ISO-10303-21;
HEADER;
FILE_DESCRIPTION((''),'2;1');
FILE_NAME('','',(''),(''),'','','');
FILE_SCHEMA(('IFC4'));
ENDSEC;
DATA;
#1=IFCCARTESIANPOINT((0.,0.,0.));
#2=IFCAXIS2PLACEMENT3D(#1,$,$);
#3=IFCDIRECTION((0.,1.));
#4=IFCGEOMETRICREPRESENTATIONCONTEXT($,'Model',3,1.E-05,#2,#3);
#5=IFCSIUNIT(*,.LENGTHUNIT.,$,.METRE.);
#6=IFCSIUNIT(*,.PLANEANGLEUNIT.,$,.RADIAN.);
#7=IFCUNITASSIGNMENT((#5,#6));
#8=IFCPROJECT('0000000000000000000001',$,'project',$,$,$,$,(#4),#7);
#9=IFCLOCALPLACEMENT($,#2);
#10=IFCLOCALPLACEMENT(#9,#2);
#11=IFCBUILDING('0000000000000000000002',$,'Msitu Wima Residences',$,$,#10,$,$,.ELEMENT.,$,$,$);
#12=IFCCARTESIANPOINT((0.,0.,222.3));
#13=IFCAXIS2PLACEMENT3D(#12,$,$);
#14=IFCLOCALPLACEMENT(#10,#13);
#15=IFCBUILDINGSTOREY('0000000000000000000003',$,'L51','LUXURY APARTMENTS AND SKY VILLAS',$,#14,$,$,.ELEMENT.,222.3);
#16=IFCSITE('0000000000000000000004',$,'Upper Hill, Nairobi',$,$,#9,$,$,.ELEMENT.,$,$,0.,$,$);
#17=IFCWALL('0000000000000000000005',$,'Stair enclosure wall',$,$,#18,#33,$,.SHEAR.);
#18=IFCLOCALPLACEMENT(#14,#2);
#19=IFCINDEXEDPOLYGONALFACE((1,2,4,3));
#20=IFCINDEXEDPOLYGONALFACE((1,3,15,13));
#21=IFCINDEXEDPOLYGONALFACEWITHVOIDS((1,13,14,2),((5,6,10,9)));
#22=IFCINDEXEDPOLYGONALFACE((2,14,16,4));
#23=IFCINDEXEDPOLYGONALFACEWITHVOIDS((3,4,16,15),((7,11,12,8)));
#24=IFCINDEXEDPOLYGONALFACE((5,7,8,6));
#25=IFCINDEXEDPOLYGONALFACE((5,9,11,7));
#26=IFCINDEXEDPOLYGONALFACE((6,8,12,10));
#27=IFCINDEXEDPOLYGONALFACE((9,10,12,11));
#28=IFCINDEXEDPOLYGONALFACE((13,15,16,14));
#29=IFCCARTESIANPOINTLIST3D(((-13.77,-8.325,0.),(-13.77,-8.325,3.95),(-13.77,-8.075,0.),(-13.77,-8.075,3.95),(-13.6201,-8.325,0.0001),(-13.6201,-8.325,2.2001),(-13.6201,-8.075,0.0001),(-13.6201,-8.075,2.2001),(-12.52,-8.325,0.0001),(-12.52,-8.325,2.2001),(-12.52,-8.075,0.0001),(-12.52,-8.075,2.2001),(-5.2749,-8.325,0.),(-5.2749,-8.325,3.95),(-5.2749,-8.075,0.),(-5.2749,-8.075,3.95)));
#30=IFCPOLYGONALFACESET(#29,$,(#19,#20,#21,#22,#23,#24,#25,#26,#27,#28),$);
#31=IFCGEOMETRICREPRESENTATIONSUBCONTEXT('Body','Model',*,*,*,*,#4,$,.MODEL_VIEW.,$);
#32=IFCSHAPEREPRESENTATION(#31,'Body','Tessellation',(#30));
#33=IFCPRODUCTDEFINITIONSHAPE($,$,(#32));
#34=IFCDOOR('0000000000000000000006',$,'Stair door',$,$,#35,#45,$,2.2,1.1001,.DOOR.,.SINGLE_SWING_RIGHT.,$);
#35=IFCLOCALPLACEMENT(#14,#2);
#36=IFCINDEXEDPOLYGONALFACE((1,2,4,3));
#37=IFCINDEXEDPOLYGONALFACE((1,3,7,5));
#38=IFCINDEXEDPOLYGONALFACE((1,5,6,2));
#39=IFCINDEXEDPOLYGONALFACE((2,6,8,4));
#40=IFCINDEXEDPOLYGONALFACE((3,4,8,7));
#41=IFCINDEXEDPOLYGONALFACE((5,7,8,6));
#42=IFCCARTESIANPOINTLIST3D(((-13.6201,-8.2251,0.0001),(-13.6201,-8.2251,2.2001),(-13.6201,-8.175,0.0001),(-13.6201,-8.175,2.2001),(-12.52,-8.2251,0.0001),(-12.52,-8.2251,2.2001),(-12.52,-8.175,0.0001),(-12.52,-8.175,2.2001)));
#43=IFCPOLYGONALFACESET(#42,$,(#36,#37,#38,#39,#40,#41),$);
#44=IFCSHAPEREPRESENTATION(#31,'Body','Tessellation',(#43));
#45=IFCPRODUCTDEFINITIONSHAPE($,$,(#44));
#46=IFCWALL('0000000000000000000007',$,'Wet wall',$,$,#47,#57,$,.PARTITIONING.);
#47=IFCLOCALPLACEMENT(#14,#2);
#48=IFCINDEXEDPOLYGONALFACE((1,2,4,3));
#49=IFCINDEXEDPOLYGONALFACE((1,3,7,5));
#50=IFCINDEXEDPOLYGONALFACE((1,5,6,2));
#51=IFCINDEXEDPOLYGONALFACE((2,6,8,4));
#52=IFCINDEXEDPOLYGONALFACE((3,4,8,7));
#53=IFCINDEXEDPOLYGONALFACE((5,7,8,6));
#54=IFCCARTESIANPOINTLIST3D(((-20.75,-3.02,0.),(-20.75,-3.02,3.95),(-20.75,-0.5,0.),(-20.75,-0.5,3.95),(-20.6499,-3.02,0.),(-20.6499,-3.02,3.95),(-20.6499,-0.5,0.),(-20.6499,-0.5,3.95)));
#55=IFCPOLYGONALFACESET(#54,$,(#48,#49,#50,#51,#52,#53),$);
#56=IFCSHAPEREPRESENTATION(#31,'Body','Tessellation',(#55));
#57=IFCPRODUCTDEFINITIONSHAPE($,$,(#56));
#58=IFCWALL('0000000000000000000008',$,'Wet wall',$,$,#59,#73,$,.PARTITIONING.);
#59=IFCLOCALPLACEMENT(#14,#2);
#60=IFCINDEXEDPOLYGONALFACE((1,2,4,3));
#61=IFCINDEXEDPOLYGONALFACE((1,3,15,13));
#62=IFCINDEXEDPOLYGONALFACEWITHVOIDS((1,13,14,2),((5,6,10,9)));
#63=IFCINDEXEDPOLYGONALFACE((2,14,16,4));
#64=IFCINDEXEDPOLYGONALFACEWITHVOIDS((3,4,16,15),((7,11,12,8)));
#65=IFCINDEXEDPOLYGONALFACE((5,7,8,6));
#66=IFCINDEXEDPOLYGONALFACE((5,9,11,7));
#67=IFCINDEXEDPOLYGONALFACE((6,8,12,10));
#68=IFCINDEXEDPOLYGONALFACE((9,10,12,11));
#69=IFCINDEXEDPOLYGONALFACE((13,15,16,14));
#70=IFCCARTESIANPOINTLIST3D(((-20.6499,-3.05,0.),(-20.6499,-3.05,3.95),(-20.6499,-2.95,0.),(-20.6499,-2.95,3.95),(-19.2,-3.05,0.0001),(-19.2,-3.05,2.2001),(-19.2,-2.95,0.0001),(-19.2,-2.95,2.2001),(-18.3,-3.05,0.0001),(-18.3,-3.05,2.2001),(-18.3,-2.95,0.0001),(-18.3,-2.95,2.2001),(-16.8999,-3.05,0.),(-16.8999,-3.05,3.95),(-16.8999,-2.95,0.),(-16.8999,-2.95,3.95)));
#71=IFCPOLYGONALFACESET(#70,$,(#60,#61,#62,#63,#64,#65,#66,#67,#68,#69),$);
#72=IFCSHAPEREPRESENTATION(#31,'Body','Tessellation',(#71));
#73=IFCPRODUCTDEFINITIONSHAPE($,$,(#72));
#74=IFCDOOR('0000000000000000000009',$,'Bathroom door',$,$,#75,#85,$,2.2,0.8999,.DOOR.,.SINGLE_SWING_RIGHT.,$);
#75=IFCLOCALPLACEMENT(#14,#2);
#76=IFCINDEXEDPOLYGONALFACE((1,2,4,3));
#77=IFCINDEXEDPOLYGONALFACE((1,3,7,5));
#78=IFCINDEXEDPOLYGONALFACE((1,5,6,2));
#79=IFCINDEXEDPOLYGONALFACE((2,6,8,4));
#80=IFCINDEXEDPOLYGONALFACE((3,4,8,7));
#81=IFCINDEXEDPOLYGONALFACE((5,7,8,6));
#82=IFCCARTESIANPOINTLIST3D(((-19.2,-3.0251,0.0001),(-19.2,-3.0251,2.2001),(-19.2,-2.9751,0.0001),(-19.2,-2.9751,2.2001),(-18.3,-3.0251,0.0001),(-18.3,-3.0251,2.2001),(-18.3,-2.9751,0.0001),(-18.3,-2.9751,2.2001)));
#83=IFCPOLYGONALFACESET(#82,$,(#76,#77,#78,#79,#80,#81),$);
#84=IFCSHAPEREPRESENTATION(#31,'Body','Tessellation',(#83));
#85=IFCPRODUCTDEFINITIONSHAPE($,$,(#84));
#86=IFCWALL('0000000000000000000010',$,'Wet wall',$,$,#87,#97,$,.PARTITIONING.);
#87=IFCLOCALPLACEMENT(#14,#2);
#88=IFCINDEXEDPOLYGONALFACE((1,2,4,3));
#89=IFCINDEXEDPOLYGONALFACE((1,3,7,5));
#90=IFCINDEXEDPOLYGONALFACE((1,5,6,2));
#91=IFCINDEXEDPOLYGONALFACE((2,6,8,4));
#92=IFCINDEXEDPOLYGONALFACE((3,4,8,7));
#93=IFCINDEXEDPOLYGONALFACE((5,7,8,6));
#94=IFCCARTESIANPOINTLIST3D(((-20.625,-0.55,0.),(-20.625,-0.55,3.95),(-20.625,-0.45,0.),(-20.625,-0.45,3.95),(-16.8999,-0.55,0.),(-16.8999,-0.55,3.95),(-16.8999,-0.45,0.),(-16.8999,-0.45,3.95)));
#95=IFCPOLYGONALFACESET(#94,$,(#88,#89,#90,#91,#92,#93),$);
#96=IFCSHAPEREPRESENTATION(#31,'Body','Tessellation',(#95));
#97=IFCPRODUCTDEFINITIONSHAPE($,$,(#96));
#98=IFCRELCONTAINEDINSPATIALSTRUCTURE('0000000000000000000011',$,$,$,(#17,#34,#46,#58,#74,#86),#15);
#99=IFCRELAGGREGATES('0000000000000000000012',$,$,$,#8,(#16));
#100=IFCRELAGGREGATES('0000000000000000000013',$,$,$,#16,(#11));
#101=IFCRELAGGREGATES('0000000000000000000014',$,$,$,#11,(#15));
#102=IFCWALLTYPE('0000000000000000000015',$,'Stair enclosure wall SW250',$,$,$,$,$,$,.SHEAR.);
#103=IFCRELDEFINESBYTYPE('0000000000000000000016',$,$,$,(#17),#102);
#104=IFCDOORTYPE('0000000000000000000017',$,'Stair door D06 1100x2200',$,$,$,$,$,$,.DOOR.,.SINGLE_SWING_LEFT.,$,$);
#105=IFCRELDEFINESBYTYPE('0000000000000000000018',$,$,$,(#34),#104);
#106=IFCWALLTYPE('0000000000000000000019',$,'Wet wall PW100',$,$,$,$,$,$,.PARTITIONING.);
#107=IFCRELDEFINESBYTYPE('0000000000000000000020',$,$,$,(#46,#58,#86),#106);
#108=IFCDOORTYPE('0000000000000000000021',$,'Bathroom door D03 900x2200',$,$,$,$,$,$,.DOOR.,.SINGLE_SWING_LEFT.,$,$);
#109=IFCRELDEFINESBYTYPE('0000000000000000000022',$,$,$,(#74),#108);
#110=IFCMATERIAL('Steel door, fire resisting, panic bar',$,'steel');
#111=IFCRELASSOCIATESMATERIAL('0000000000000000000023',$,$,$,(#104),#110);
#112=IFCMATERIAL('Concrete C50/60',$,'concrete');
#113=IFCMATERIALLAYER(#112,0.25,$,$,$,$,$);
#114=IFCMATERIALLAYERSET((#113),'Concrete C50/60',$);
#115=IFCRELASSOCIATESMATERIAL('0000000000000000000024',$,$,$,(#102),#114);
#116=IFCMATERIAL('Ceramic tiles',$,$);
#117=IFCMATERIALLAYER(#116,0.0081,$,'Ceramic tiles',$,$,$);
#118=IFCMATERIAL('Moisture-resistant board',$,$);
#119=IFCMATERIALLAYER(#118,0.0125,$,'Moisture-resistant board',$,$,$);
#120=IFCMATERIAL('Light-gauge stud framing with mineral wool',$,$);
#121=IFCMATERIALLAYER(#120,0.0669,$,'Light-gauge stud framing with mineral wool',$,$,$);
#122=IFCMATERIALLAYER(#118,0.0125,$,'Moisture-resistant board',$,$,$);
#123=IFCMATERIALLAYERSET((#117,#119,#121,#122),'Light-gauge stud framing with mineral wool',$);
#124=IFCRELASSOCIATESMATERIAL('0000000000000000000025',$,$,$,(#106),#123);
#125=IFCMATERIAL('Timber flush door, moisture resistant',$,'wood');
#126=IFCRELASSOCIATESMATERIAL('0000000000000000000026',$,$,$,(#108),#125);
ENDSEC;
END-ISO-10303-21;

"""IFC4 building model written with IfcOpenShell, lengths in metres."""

from ifc_helpers import new_model, si_unit, direction, frame, frame_2d, origin, place, context, subcontext, project, spatial, rectangle, extrude, material, layer, layer_set, type_object, element, fill, save


model = new_model("IFC4")

# Units and contexts
model_context = context("Model", 3, precision=1e-05, world=origin(), true_north=direction((0.0, 1.0)))
body_context = subcontext(model_context, "Body", "Model", "MODEL_VIEW")
ifc_project = project(units=[si_unit("LENGTHUNIT", "METRE"), si_unit("PLANEANGLEUNIT", "RADIAN")], contexts=[model_context])

# Site, building, storey
site_placement = place(None, origin())
site = spatial("IfcSite", under=ifc_project, at=site_placement, Name="Upper Hill, Nairobi", CompositionType="ELEMENT", RefElevation=0.0)
building_placement = place(site_placement, origin())
building = spatial("IfcBuilding", under=site, at=building_placement, Name="Msitu Wima Residences", CompositionType="ELEMENT")
storey_placement = place(building_placement, frame((0.0, 0.0, 222.3)))
storey = spatial("IfcBuildingStorey", under=building, at=storey_placement, Name="L51", Description="LUXURY APARTMENTS AND SKY VILLAS", CompositionType="ELEMENT", Elevation=222.3)

# Shared definitions
ifc_material_1 = material(Name="Concrete C50/60", Category="concrete")

# Shared definitions
ifc_material_2 = material(Name="Steel door, fire resisting, panic bar", Category="steel")
door_type_1 = type_object("IfcDoorType", Name="Stair door D06 1100x2200", OperationType="SINGLE_SWING_LEFT", PredefinedType="DOOR", material=ifc_material_2)

# Wall, opening, door
ifc_layer_1 = layer(ifc_material_1, 0.25)
ifc_layer_set_1 = layer_set([ifc_layer_1], Name="Concrete C50/60")
wall_type_1 = type_object("IfcWallType", Name="Stair enclosure wall SW250", PredefinedType="SHEAR", material=ifc_layer_set_1)
wall_1_placement = place(storey_placement, frame((-13.77, -8.2, 0.0), z_axis=(0.0, 0.0, 1.0), x_axis=(1.0, 0.0, 0.0)))
wall_1 = element("IfcWall", 1, at=wall_1_placement, inside=storey, type_object=wall_type_1, Name="Stair enclosure wall", PredefinedType="SHEAR", context=body_context, shape_type="SweptSolid", body=[
    extrude(rectangle(XDim=8.4951, YDim=0.25, at=frame_2d((4.2476, 0.0))), origin(), (0.0, 0.0, 1.0), 3.95),
])
opening_1_placement = place(wall_1_placement, frame((0.1499, 0.0, 0.0)))
opening_1 = element("IfcOpeningElement", 2, at=opening_1_placement, cuts=wall_1, PredefinedType="OPENING", context=body_context, shape_type="SweptSolid", body=[
    extrude(rectangle(XDim=1.1001, YDim=2.2, at=frame_2d((0.55, 1.1001))), frame((0.0, 0.135, 0.0), z_axis=(0.0, -1.0, 0.0), x_axis=(1.0, 0.0, 0.0)), (0.0, 0.0, 1.0), 0.27),
])
door_1_placement = place(opening_1_placement, origin())
door_1 = element("IfcDoor", 3, at=door_1_placement, inside=storey, type_object=door_type_1, Name="Stair door", OperationType="SINGLE_SWING_RIGHT", OverallHeight=2.2, OverallWidth=1.1001, PredefinedType="DOOR", context=body_context, shape_type="SweptSolid", body=[
    extrude(rectangle(XDim=1.1001, YDim=2.2, at=frame_2d((0.55, 1.1001))), frame((0.0, 0.0249, 0.0), z_axis=(0.0, -1.0, 0.0), x_axis=(1.0, 0.0, 0.0)), (0.0, 0.0, 1.0), 0.05),
])
fill(opening_1, door_1)

# Wall
ifc_material_3 = material(Name="Ceramic tiles")
ifc_layer_2 = layer(ifc_material_3, 0.0081, Name="Ceramic tiles")
ifc_material_4 = material(Name="Moisture-resistant board")
ifc_layer_3 = layer(ifc_material_4, 0.0125, Name="Moisture-resistant board")
ifc_material_5 = material(Name="Light-gauge stud framing with mineral wool")
ifc_layer_4 = layer(ifc_material_5, 0.0669, Name="Light-gauge stud framing with mineral wool")
ifc_layer_5 = layer(ifc_material_4, 0.0125, Name="Moisture-resistant board")
ifc_layer_set_2 = layer_set([ifc_layer_2, ifc_layer_3, ifc_layer_4, ifc_layer_5], Name="Light-gauge stud framing with mineral wool")
wall_type_2 = type_object("IfcWallType", Name="Wet wall PW100", PredefinedType="PARTITIONING", material=ifc_layer_set_2)
wall_2_placement = place(storey_placement, frame((-20.7, -3.02, 0.0), z_axis=(0.0, 0.0, 1.0), x_axis=(0.0, 1.0, 0.0)))
element("IfcWall", 4, at=wall_2_placement, inside=storey, type_object=wall_type_2, Name="Wet wall", PredefinedType="PARTITIONING", context=body_context, shape_type="SweptSolid", body=[
    extrude(rectangle(XDim=2.52, YDim=0.1001, at=frame_2d((1.26, 0.0))), origin(), (0.0, 0.0, 1.0), 3.95),
])

# Wall, opening, door
wall_3_placement = place(storey_placement, frame((-20.6499, -3.0, 0.0), z_axis=(0.0, 0.0, 1.0), x_axis=(1.0, 0.0, 0.0)))
wall_3 = element("IfcWall", 5, at=wall_3_placement, inside=storey, type_object=wall_type_2, Name="Wet wall", PredefinedType="PARTITIONING", context=body_context, shape_type="SweptSolid", body=[
    extrude(rectangle(XDim=3.75, YDim=0.1001, at=frame_2d((1.875, 0.0))), origin(), (0.0, 0.0, 1.0), 3.95),
])
opening_2_placement = place(wall_3_placement, frame((1.45, 0.0, 0.0)))
opening_2 = element("IfcOpeningElement", 6, at=opening_2_placement, cuts=wall_3, PredefinedType="OPENING", context=body_context, shape_type="SweptSolid", body=[
    extrude(rectangle(XDim=0.8999, YDim=2.2, at=frame_2d((0.45, 1.1001))), frame((0.0, 0.0601, 0.0), z_axis=(0.0, -1.0, 0.0), x_axis=(1.0, 0.0, 0.0)), (0.0, 0.0, 1.0), 0.1201),
])
ifc_material_6 = material(Name="Timber flush door, moisture resistant", Category="wood")
door_type_2 = type_object("IfcDoorType", Name="Bathroom door D03 900x2200", OperationType="SINGLE_SWING_LEFT", PredefinedType="DOOR", material=ifc_material_6)
door_2_placement = place(opening_2_placement, origin())
door_2 = element("IfcDoor", 7, at=door_2_placement, inside=storey, type_object=door_type_2, Name="Bathroom door", OperationType="SINGLE_SWING_RIGHT", OverallHeight=2.2, OverallWidth=0.8999, PredefinedType="DOOR", context=body_context, shape_type="SweptSolid", body=[
    extrude(rectangle(XDim=0.8999, YDim=2.2, at=frame_2d((0.45, 1.1001))), frame((0.0, 0.0249, 0.0), z_axis=(0.0, -1.0, 0.0), x_axis=(1.0, 0.0, 0.0)), (0.0, 0.0, 1.0), 0.05),
])
fill(opening_2, door_2)

# Wall
wall_4_placement = place(storey_placement, frame((-20.625, -0.5, 0.0), z_axis=(0.0, 0.0, 1.0), x_axis=(1.0, 0.0, 0.0)))
element("IfcWall", 8, at=wall_4_placement, inside=storey, type_object=wall_type_2, Name="Wet wall", PredefinedType="PARTITIONING", context=body_context, shape_type="SweptSolid", body=[
    extrude(rectangle(XDim=3.7251, YDim=0.1001, at=frame_2d((1.8625, 0.0))), origin(), (0.0, 0.0, 1.0), 3.95),
])

save(model, "model.ifc")
